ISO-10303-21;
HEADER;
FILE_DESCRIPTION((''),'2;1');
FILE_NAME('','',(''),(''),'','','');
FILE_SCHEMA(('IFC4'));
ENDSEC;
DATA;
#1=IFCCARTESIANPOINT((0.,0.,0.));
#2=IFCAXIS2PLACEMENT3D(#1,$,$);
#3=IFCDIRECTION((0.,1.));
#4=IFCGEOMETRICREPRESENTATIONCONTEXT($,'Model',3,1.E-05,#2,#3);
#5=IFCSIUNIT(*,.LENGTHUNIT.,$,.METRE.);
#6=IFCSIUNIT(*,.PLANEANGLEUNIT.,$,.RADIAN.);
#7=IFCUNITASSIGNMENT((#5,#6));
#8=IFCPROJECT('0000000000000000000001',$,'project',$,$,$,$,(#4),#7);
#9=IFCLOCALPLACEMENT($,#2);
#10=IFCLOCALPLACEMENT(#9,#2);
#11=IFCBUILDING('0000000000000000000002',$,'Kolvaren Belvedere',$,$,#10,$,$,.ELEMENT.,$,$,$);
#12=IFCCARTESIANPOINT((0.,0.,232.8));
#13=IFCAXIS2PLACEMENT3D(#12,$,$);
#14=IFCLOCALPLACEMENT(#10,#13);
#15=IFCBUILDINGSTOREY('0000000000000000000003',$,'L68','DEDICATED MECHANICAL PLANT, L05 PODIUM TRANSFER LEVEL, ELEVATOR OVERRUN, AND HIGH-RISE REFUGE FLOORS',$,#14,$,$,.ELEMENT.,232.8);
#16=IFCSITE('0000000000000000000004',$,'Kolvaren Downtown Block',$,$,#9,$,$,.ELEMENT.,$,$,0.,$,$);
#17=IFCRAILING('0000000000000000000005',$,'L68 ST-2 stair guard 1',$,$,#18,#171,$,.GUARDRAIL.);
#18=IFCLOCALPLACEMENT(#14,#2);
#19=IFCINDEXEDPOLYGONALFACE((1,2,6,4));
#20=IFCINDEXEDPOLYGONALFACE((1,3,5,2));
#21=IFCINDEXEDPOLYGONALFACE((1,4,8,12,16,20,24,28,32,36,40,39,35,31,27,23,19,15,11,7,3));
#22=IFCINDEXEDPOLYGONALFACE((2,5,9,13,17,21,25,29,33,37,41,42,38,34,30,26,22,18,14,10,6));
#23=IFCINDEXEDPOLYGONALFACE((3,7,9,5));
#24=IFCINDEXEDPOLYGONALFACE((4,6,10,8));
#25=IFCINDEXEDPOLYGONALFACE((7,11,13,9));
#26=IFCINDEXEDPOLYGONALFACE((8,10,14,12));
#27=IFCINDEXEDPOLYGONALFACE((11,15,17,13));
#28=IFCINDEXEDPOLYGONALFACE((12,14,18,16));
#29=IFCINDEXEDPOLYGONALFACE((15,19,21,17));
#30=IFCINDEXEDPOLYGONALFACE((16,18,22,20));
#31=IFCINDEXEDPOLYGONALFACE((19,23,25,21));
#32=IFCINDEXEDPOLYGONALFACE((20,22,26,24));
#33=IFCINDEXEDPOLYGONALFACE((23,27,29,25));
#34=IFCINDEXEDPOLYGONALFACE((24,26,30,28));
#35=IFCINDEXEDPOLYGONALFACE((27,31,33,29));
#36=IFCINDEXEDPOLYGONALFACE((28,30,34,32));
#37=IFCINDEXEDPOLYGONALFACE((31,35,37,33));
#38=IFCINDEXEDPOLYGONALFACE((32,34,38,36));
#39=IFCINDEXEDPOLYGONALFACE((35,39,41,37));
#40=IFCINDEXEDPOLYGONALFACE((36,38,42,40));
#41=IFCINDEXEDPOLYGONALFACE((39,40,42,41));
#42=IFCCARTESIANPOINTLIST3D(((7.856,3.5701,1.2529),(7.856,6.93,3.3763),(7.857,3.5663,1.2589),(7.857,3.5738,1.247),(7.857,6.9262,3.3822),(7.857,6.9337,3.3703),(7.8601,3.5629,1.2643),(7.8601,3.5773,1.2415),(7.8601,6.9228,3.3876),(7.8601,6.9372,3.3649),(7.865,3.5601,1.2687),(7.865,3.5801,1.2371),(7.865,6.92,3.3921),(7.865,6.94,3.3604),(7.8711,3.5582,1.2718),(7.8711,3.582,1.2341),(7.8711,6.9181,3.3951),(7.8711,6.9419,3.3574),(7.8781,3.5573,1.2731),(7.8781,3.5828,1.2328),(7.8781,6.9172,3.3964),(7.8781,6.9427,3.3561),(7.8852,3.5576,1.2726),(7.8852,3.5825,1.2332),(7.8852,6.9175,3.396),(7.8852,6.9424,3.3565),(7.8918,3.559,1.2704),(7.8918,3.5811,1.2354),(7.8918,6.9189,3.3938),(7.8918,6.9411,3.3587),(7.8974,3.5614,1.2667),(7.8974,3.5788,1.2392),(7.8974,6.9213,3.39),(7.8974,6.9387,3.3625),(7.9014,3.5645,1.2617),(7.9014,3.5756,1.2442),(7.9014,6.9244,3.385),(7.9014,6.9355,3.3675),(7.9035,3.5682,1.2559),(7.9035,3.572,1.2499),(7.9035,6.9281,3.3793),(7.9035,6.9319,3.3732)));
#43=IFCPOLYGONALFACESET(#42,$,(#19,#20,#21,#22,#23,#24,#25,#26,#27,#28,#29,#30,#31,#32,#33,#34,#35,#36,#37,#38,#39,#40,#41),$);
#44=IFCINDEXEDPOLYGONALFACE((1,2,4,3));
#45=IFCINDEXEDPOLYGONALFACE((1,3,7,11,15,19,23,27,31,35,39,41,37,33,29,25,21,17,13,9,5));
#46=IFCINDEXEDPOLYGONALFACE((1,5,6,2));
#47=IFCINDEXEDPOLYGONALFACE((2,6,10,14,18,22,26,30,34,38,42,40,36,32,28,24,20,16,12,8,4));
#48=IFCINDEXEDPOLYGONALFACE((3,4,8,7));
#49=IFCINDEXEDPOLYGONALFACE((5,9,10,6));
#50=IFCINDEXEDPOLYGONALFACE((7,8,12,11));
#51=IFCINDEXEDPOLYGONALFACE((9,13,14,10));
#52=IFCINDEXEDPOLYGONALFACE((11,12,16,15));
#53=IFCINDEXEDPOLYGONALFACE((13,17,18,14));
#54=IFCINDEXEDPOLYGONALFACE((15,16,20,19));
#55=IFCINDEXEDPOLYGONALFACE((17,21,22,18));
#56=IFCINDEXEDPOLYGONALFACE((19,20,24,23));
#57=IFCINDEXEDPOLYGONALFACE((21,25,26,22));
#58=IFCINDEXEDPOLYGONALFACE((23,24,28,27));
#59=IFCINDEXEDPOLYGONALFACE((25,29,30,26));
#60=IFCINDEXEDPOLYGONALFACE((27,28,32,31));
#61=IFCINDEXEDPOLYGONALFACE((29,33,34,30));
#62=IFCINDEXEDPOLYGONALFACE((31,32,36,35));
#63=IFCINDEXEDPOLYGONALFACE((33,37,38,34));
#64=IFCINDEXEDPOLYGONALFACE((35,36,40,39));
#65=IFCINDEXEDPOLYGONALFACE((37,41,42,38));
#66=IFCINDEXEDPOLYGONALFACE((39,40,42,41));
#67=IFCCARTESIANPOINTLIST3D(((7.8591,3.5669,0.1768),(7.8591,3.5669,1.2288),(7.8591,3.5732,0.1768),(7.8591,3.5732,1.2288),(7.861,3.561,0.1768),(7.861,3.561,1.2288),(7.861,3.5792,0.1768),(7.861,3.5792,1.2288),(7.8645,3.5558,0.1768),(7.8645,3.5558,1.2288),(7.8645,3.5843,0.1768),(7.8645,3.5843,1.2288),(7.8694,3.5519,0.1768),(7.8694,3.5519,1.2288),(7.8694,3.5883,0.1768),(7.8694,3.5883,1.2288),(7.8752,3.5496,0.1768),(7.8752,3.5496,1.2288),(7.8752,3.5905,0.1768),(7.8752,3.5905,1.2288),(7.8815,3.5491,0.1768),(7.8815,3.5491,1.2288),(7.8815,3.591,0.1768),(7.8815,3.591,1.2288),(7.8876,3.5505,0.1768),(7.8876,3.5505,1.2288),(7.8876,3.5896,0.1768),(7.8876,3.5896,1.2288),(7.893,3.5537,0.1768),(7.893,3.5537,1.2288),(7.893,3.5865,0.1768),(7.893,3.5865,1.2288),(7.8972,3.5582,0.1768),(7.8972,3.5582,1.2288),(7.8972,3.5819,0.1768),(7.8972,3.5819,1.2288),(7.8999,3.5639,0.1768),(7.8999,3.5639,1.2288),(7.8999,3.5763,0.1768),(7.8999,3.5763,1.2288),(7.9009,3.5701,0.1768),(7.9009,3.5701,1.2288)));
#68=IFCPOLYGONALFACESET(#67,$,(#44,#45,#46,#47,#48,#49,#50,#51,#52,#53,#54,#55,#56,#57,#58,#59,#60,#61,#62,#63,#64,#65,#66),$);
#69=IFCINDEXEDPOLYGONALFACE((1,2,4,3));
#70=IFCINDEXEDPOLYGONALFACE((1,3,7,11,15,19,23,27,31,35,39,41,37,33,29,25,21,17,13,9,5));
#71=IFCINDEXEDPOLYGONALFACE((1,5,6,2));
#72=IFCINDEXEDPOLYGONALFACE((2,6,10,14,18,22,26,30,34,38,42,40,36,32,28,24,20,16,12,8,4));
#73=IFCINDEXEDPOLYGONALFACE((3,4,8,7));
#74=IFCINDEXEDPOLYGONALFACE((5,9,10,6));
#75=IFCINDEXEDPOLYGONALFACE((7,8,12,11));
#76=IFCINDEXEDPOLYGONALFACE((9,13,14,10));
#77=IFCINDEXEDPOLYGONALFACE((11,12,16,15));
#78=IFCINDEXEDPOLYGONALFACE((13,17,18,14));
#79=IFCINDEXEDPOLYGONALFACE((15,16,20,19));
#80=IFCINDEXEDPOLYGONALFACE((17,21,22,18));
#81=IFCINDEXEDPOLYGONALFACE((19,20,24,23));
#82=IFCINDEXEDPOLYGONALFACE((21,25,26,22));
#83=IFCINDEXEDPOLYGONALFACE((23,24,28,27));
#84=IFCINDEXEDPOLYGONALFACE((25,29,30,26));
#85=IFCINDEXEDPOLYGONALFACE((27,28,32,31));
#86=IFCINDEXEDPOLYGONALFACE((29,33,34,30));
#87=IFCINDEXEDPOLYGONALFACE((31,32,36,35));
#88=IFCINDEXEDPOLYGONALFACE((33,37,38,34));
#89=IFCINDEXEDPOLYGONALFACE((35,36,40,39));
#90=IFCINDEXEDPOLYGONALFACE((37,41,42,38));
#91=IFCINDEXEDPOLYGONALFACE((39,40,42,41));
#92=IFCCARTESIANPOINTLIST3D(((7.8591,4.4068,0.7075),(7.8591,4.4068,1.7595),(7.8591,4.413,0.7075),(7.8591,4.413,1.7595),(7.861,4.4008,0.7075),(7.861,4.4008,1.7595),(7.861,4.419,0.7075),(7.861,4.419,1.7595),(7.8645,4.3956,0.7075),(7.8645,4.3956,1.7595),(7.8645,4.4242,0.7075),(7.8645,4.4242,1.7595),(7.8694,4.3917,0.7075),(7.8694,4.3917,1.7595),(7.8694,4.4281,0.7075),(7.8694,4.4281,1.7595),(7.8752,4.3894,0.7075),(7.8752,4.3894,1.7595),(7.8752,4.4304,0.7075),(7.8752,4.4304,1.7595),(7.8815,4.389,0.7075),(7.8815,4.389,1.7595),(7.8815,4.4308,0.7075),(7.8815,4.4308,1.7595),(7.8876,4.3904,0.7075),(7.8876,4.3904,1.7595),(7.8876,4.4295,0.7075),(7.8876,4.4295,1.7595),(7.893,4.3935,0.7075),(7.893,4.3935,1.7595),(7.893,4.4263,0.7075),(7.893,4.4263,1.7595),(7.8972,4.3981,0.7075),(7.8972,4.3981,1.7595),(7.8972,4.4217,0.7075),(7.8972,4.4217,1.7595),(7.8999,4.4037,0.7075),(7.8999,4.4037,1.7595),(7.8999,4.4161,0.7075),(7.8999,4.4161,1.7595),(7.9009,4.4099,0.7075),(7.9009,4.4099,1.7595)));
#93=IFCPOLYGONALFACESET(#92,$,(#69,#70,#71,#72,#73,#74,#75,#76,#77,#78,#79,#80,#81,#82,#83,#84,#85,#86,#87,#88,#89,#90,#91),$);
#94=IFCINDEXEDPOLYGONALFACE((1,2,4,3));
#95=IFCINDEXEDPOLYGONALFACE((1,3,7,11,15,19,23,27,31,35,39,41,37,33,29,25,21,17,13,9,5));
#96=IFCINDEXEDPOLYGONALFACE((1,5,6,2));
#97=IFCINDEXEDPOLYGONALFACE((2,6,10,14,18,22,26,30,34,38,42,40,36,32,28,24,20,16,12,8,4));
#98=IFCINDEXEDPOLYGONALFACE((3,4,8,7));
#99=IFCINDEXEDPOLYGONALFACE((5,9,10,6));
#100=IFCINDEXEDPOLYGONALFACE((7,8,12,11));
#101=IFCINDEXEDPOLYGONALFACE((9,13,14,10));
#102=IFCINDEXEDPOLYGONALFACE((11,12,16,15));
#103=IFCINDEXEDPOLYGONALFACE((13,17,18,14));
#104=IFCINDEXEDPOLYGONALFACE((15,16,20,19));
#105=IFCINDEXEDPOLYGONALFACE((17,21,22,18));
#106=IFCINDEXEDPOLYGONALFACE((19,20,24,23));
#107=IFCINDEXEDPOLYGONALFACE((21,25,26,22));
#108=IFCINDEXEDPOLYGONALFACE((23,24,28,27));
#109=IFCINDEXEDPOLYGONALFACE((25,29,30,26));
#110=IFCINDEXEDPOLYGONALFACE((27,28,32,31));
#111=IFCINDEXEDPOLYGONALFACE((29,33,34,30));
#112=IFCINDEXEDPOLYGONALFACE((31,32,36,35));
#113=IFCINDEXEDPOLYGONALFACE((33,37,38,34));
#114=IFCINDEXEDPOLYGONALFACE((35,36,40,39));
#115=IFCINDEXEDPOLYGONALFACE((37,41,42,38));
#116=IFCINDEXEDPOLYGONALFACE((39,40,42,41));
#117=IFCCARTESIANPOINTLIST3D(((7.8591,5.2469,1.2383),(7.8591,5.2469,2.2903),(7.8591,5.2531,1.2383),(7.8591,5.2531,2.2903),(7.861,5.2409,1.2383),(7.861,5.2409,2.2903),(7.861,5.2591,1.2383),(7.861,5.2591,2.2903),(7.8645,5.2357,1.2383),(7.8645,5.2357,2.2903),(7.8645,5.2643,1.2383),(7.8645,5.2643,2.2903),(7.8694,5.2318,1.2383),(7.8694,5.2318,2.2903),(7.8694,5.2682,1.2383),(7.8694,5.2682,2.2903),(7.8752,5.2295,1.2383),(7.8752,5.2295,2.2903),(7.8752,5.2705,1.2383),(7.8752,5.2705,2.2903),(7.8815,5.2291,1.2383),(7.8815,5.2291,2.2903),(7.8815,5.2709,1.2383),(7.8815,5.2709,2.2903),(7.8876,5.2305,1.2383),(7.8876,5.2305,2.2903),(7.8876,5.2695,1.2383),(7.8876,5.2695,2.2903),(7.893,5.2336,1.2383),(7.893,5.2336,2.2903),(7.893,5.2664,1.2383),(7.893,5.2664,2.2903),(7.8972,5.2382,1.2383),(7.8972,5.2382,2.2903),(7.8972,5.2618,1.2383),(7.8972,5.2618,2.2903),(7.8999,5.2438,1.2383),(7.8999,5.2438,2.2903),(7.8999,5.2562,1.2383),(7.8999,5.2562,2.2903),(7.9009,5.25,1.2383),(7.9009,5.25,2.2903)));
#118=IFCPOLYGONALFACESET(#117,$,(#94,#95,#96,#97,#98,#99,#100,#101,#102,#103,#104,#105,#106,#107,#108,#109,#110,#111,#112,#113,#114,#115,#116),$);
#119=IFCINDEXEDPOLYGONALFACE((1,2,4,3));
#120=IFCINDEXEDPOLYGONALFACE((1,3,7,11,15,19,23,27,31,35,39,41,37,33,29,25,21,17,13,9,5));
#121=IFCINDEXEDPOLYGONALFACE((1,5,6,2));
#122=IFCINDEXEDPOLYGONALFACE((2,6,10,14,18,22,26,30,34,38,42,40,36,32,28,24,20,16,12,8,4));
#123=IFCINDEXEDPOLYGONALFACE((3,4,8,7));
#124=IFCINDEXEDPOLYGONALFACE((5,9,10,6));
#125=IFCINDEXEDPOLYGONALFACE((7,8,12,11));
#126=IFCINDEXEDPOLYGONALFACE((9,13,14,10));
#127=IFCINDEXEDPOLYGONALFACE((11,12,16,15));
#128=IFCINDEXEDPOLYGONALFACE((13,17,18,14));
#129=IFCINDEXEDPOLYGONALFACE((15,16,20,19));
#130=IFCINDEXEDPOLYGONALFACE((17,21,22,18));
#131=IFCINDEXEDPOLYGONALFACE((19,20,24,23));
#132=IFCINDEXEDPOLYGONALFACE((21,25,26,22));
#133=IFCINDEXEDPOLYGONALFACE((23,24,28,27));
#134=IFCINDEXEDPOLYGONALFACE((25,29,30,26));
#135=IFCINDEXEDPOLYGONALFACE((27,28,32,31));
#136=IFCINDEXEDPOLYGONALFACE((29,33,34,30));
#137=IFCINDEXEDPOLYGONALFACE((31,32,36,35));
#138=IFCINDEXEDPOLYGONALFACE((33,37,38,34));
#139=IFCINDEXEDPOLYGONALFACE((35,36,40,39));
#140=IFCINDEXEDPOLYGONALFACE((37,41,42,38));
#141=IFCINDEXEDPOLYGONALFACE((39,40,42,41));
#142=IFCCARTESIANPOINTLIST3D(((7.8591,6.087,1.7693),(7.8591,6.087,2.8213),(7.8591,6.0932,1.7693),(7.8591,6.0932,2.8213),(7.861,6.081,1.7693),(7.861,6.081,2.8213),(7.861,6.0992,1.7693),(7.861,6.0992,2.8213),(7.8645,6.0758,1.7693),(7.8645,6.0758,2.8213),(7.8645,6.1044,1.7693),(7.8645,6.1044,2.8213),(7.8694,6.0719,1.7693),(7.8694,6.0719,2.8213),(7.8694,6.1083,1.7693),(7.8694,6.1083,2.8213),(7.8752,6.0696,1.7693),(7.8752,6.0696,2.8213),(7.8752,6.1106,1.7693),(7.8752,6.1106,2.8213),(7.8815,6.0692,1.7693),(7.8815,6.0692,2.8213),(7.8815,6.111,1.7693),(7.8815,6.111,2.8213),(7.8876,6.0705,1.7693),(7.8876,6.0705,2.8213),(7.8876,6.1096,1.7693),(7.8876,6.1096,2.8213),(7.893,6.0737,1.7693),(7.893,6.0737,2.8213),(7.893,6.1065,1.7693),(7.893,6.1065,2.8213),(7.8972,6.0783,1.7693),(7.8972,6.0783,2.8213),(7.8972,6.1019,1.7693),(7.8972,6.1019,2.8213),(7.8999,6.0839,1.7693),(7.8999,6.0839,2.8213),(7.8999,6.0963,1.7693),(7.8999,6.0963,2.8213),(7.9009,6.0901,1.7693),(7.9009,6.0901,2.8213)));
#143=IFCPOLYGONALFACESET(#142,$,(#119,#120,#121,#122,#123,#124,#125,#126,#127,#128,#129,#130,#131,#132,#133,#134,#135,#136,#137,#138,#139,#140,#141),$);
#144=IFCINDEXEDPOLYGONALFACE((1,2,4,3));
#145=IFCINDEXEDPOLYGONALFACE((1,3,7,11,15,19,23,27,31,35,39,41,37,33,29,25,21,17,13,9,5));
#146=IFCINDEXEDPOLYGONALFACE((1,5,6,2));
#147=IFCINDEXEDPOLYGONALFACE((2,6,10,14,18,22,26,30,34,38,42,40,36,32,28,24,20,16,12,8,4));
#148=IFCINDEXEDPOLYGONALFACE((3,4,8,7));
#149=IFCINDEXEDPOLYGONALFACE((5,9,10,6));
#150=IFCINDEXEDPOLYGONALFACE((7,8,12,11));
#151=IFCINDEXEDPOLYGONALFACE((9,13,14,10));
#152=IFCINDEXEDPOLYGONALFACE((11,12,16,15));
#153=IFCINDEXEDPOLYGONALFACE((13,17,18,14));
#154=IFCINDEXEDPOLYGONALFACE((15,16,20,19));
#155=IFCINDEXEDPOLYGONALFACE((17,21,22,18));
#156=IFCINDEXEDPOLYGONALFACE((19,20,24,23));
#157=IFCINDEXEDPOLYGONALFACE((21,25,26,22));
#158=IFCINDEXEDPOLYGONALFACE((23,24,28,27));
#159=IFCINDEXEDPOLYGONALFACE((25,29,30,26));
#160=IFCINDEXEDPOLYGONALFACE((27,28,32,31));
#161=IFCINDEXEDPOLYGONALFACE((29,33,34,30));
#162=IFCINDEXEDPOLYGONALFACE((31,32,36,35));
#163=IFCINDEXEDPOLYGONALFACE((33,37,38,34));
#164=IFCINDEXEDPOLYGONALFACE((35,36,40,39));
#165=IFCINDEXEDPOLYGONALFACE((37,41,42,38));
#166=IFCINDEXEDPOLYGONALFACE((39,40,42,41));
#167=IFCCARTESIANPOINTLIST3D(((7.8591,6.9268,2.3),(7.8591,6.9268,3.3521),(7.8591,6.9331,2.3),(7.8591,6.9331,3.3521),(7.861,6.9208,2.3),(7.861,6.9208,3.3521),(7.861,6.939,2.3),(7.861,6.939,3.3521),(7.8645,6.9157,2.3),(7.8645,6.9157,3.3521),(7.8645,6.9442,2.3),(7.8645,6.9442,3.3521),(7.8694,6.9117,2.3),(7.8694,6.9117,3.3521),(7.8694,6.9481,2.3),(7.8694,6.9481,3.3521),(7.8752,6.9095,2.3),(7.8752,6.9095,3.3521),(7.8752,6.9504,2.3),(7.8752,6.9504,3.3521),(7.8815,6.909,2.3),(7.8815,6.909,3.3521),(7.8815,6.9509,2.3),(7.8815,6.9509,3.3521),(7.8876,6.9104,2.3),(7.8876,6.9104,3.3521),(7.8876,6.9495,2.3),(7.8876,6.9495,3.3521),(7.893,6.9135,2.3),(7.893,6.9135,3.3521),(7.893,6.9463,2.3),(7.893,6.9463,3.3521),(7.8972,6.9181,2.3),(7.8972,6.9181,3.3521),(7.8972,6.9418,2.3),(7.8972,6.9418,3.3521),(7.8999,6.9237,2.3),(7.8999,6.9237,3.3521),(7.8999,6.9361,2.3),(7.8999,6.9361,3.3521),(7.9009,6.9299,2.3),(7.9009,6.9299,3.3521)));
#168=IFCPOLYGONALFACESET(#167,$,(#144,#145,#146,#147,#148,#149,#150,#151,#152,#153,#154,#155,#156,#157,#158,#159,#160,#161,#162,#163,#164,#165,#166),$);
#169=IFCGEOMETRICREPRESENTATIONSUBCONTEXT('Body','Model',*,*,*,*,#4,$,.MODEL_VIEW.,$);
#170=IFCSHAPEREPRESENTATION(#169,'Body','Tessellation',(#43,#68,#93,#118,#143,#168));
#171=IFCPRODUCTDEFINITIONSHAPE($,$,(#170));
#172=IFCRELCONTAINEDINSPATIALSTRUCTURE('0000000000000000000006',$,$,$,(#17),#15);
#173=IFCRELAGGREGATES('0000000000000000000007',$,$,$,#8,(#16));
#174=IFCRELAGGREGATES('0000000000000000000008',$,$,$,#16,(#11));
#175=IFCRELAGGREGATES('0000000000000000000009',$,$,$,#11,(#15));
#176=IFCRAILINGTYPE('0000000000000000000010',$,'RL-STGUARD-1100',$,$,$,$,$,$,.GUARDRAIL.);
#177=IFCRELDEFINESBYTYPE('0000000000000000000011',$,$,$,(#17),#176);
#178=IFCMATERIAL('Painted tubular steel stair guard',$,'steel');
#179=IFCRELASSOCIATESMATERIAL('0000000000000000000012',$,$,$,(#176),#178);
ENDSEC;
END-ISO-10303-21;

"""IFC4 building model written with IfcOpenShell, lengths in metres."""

from ifc_helpers import new_model, si_unit, direction, frame, origin, origin_2d, place, context, subcontext, project, spatial, circle, extrude, material, type_object, element, save


model = new_model("IFC4")

# Units and contexts
model_context = context("Model", 3, precision=1e-05, world=origin(), true_north=direction((0.0, 1.0)))
body_context = subcontext(model_context, "Body", "Model", "MODEL_VIEW")
ifc_project = project(units=[si_unit("LENGTHUNIT", "METRE"), si_unit("PLANEANGLEUNIT", "RADIAN")], contexts=[model_context])

# Site, building, storey
site_placement = place(None, origin())
site = spatial("IfcSite", under=ifc_project, at=site_placement, Name="Kolvaren Downtown Block", CompositionType="ELEMENT", RefElevation=0.0)
building_placement = place(site_placement, origin())
building = spatial("IfcBuilding", under=site, at=building_placement, Name="Kolvaren Belvedere", CompositionType="ELEMENT")
storey_placement = place(building_placement, frame((0.0, 0.0, 232.8)))
storey = spatial("IfcBuildingStorey", under=building, at=storey_placement, Name="L68", Description="DEDICATED MECHANICAL PLANT, L05 PODIUM TRANSFER LEVEL, ELEVATOR OVERRUN, AND HIGH-RISE REFUGE FLOORS", CompositionType="ELEMENT", Elevation=232.8)

# Railing
ifc_material_1 = material(Name="Painted tubular steel stair guard", Category="steel")
railing_type_1 = type_object("IfcRailingType", Name="RL-STGUARD-1100", PredefinedType="GUARDRAIL", material=ifc_material_1)
railing_1_placement = place(storey_placement, frame((7.8799, 3.5701, 0.1768)))
element("IfcRailing", 1, at=railing_1_placement, inside=storey, type_object=railing_type_1, Name="L68 ST-2 stair guard 1", PredefinedType="GUARDRAIL", context=body_context, shape_type="SweptSolid", body=[
    extrude(circle(Radius=0.0239, at=origin_2d()), frame((0.0, 0.0, 1.0762), z_axis=(0.0, 0.845344, 0.534222), x_axis=(-1.0, 0.0, 0.0)), (0.0, 0.0, 1.0), 3.9746),
    extrude(circle(Radius=0.021, at=origin_2d()), origin(), (0.0, 0.0, 1.0), 1.052),
    extrude(circle(Radius=0.021, at=origin_2d()), frame((0.0, 0.8398, 0.5308)), (0.0, 0.0, 1.0), 1.052),
    extrude(circle(Radius=0.021, at=origin_2d()), frame((0.0, 1.6799, 1.0615)), (0.0, 0.0, 1.0), 1.052),
    extrude(circle(Radius=0.021, at=origin_2d()), frame((0.0, 2.52, 1.5925)), (0.0, 0.0, 1.0), 1.052),
    extrude(circle(Radius=0.021, at=origin_2d()), frame((0.0, 3.3599, 2.1233)), (0.0, 0.0, 1.0), 1.052),
])

save(model, "model.ifc")
